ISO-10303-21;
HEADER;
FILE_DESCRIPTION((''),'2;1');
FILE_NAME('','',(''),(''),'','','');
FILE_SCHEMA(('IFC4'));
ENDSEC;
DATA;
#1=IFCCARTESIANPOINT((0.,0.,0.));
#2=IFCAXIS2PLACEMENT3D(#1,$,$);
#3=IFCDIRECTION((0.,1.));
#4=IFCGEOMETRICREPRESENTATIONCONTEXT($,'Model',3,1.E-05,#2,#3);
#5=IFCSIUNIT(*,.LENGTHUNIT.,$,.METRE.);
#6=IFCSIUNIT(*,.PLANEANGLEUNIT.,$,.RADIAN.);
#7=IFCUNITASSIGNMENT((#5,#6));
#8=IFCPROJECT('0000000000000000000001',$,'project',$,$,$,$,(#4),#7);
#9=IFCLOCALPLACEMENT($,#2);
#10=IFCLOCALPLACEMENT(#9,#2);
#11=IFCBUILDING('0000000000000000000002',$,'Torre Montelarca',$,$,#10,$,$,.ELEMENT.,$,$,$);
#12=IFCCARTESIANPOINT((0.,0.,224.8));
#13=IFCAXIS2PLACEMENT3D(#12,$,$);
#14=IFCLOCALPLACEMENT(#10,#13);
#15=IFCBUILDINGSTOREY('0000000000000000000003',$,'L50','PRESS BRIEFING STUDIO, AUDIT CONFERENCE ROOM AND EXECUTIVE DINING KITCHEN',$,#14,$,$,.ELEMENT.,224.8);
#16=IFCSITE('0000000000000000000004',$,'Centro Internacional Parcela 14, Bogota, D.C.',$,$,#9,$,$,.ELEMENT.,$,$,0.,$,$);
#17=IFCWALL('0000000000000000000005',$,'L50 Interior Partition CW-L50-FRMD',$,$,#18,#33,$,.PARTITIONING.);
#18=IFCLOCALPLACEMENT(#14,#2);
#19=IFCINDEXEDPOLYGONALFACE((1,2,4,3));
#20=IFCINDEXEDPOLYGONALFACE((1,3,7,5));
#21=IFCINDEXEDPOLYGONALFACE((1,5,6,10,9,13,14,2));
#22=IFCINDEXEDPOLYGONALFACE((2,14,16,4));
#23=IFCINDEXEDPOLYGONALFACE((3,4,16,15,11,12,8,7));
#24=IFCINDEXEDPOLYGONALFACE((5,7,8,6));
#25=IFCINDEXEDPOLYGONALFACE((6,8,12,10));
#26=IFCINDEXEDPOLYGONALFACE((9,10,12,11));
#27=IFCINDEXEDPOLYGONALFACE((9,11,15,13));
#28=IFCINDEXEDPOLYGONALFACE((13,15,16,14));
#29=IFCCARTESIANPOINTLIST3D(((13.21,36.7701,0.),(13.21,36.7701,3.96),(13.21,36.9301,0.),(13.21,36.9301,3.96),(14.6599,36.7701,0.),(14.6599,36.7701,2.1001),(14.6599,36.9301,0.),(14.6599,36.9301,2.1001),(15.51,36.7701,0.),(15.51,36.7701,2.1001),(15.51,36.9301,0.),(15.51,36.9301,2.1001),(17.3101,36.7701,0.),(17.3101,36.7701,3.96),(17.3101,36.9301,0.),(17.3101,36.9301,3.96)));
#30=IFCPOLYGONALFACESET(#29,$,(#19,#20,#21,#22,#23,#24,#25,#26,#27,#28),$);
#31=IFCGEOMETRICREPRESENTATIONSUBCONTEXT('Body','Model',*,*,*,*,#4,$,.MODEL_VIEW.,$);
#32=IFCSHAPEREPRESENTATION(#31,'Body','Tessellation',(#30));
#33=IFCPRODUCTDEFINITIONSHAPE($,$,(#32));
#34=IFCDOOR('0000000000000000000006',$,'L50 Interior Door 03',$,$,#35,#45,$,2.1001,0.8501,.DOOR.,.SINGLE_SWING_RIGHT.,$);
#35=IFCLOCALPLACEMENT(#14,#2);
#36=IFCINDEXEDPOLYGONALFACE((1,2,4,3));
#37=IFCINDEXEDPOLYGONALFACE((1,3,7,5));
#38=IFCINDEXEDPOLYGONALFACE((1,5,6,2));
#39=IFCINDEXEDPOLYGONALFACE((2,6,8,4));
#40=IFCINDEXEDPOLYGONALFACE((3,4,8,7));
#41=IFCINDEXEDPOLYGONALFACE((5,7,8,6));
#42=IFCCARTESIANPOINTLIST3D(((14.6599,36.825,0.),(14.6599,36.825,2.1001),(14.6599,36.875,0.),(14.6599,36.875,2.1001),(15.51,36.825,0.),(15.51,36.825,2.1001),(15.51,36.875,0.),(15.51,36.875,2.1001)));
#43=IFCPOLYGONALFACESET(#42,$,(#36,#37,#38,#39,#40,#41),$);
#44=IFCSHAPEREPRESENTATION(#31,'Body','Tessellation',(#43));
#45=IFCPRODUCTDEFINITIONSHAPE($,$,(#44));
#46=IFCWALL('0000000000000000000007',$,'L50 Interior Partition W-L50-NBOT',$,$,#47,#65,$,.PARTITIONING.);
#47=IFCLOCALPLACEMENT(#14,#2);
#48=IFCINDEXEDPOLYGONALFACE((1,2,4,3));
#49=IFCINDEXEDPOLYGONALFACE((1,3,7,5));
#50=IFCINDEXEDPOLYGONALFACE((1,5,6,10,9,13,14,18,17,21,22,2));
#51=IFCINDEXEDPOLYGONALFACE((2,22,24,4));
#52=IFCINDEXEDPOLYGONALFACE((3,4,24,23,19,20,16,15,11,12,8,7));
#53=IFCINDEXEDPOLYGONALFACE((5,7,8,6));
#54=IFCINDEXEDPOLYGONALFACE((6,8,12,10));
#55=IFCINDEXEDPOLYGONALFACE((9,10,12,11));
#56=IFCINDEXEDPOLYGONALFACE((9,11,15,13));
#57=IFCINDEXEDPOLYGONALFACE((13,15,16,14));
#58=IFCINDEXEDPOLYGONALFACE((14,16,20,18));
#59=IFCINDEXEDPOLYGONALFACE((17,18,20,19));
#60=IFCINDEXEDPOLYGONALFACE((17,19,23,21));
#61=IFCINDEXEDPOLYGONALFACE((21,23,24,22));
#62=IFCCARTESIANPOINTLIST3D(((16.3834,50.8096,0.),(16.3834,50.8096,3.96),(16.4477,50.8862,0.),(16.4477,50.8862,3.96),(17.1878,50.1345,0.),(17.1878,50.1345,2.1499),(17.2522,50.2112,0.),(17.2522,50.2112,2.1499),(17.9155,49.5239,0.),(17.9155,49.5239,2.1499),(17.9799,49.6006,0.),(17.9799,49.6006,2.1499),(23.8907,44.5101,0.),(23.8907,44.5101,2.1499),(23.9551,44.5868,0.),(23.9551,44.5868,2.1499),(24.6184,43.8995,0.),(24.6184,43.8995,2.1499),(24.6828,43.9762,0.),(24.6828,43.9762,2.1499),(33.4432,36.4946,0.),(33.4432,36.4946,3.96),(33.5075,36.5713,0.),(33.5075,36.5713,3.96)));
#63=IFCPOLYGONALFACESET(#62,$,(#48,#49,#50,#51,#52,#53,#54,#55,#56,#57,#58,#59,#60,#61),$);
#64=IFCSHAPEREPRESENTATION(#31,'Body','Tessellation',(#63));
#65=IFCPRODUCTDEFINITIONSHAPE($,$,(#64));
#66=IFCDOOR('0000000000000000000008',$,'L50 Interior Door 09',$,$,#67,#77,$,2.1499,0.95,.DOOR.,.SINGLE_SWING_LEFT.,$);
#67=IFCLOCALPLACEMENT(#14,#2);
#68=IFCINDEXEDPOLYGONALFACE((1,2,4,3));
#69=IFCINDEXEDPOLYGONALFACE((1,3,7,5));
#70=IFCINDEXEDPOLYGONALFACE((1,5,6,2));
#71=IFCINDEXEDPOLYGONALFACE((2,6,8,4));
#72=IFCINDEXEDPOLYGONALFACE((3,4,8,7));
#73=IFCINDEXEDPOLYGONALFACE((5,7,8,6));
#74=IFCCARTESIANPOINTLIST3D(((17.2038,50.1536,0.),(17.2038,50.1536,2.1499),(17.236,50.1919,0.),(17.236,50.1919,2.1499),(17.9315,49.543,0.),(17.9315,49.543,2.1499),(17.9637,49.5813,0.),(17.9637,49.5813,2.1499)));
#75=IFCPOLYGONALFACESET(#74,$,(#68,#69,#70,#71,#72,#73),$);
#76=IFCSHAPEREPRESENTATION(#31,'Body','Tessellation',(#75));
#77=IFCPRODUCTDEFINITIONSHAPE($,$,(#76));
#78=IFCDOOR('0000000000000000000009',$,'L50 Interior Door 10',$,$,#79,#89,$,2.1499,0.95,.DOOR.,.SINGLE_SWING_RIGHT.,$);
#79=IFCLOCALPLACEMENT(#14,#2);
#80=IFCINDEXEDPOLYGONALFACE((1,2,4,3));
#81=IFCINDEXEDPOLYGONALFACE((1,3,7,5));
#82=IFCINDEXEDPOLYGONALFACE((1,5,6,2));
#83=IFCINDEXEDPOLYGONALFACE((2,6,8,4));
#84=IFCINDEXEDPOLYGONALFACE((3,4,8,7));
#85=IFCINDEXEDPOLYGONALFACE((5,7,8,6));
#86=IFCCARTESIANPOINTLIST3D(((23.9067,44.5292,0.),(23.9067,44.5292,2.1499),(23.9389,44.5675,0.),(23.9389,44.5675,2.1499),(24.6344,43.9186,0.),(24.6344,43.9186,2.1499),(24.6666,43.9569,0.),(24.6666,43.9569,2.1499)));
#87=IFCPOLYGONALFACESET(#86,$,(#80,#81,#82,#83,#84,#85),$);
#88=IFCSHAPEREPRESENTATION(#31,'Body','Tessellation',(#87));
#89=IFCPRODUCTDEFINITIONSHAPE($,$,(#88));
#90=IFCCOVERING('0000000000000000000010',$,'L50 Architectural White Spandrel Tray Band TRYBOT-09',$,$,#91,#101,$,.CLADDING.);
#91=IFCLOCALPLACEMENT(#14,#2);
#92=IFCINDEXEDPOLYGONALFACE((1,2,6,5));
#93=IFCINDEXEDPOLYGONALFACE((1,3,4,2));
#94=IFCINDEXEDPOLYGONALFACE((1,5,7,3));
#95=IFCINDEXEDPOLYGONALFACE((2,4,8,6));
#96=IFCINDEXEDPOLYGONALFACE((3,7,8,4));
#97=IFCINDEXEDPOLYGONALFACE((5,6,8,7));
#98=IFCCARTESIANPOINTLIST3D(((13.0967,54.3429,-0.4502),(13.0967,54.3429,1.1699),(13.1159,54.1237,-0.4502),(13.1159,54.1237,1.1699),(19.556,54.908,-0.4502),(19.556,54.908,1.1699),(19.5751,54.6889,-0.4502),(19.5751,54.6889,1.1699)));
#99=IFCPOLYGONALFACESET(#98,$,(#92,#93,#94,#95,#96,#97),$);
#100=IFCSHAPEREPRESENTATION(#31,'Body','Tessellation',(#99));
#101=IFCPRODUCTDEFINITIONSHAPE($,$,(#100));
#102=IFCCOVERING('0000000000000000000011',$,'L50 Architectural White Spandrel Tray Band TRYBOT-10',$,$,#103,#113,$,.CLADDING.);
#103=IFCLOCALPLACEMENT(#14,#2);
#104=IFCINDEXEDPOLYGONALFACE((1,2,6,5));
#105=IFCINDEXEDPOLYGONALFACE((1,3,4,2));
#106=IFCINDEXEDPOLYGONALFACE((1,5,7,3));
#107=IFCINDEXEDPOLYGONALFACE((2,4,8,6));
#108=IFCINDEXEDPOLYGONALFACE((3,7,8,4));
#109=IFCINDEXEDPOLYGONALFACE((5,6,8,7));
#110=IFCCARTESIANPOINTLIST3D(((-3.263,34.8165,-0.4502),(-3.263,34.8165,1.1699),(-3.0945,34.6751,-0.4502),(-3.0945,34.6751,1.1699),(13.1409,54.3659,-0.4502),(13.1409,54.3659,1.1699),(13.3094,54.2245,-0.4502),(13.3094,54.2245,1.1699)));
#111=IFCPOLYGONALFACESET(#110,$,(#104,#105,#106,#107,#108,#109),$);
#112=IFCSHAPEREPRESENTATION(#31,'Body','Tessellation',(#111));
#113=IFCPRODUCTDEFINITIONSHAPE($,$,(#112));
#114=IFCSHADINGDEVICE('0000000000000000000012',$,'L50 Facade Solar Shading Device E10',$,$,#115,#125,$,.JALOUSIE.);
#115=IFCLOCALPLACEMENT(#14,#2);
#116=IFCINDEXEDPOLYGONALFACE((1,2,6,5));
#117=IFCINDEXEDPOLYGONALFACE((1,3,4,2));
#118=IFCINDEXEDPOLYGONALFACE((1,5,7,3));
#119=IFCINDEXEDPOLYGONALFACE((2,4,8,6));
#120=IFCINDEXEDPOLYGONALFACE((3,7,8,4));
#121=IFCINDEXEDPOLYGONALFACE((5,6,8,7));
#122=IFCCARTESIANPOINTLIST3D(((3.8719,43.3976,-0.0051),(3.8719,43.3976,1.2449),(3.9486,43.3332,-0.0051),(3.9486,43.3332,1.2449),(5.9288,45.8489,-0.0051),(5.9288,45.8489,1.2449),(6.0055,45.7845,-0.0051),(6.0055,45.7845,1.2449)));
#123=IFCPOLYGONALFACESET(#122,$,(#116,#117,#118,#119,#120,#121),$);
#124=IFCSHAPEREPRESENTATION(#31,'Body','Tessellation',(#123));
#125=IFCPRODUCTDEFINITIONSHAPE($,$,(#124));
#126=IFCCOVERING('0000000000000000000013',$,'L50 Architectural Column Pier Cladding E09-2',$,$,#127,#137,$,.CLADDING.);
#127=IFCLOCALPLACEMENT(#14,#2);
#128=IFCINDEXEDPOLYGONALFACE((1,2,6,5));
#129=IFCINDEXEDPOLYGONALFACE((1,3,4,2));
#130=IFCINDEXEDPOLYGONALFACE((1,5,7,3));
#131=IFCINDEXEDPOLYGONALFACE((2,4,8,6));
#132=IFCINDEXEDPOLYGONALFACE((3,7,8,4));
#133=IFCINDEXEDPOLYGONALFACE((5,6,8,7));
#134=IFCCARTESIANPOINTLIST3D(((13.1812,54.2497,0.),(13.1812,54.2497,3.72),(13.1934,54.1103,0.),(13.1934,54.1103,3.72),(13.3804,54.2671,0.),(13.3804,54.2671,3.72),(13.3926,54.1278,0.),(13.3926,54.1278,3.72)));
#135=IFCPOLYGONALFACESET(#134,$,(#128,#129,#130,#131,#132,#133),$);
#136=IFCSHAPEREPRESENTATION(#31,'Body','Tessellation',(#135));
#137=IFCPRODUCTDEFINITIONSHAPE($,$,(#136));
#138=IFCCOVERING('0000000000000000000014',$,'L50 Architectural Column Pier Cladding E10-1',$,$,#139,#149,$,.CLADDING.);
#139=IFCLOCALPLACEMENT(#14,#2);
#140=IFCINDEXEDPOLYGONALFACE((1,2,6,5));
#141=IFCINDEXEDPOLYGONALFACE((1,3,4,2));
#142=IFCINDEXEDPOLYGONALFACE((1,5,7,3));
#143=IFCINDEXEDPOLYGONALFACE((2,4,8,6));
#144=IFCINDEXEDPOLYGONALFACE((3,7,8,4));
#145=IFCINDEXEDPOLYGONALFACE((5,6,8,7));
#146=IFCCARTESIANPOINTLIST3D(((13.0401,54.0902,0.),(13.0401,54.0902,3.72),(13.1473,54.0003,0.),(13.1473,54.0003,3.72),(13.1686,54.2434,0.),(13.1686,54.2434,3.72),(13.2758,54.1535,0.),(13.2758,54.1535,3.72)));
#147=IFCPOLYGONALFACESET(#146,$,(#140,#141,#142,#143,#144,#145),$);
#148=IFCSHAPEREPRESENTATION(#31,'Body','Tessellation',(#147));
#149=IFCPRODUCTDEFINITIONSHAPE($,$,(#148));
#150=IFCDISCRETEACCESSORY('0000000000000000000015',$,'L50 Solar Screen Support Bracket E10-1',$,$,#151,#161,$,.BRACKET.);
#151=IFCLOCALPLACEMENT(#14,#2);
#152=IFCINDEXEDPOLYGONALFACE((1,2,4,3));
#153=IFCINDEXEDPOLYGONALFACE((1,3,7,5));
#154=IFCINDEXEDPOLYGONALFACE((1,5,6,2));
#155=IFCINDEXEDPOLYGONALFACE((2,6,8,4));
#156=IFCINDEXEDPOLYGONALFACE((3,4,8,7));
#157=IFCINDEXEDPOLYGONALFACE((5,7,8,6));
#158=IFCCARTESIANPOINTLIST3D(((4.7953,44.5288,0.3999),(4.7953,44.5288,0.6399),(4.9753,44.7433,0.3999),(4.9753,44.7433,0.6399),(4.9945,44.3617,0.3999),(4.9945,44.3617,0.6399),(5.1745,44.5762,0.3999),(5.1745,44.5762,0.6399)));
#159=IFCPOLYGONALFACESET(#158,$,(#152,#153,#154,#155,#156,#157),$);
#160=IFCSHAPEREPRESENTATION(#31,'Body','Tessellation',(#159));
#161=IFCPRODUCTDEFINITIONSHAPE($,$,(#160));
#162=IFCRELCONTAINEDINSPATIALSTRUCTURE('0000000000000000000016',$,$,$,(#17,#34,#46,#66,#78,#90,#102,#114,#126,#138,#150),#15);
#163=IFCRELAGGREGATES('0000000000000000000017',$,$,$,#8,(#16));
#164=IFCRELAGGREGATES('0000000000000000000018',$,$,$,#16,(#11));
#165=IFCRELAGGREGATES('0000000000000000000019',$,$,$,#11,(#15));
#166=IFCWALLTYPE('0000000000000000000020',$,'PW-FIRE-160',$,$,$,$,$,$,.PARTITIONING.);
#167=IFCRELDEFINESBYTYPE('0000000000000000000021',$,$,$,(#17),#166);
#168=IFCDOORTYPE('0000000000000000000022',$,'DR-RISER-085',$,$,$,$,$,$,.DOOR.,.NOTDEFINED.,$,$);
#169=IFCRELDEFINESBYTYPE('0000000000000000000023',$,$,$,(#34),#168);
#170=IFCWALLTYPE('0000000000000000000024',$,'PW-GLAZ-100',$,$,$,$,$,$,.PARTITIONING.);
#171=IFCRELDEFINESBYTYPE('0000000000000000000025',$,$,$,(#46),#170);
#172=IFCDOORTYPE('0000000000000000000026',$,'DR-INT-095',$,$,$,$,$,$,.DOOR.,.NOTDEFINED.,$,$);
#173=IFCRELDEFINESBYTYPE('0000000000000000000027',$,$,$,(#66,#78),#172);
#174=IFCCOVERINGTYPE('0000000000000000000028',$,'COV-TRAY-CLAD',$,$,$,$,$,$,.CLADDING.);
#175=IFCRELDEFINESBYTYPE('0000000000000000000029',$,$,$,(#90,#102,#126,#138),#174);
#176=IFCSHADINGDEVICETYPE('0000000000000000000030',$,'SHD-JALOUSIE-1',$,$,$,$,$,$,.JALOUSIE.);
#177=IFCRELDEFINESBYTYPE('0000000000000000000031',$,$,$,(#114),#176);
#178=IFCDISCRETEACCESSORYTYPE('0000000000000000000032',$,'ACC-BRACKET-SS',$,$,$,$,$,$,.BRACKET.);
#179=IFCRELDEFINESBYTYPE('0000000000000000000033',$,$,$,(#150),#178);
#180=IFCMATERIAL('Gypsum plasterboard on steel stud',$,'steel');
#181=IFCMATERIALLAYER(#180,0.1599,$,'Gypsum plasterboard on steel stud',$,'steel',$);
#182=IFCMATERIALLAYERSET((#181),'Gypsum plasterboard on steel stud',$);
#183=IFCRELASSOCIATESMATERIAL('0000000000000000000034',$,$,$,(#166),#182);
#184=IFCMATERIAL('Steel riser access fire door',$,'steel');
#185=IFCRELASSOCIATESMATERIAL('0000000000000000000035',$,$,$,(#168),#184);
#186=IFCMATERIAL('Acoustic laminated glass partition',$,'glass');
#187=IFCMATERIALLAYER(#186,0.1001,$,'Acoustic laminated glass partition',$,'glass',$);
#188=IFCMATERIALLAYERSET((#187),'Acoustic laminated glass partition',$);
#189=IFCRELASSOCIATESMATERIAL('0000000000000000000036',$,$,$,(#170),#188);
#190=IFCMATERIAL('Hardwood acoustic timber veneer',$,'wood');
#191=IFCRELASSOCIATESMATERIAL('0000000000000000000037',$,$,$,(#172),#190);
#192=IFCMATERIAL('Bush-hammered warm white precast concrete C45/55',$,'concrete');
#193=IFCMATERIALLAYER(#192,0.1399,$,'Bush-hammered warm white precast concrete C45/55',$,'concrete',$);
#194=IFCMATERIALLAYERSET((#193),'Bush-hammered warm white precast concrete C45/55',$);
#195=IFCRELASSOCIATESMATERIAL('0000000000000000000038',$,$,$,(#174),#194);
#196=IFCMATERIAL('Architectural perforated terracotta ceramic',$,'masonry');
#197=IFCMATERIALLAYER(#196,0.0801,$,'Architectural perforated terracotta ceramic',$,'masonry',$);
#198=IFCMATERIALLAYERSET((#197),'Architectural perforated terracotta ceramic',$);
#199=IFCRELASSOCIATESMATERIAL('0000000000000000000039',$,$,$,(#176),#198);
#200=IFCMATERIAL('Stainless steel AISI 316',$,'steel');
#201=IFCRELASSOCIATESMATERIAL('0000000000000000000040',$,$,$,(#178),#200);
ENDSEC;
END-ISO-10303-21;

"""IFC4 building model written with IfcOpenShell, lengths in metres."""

from ifc_helpers import new_model, si_unit, direction, frame, frame_2d, origin, origin_2d, place, context, subcontext, project, spatial, rectangle, extrude, source, transform, mapped, material, layer, layer_set, type_object, element, fill, save


model = new_model("IFC4")

# Units and contexts
model_context = context("Model", 3, precision=1e-05, world=origin(), true_north=direction((0.0, 1.0)))
body_context = subcontext(model_context, "Body", "Model", "MODEL_VIEW")
ifc_project = project(units=[si_unit("LENGTHUNIT", "METRE"), si_unit("PLANEANGLEUNIT", "RADIAN")], contexts=[model_context])

# Site, building, storey
site_placement = place(None, origin())
site = spatial("IfcSite", under=ifc_project, at=site_placement, Name="Centro Internacional Parcela 14, Bogota, D.C.", CompositionType="ELEMENT", RefElevation=0.0)
building_placement = place(site_placement, origin())
building = spatial("IfcBuilding", under=site, at=building_placement, Name="Torre Montelarca", CompositionType="ELEMENT")
storey_placement = place(building_placement, frame((0.0, 0.0, 224.8)))
storey = spatial("IfcBuildingStorey", under=building, at=storey_placement, Name="L50", Description="PRESS BRIEFING STUDIO, AUDIT CONFERENCE ROOM AND EXECUTIVE DINING KITCHEN", CompositionType="ELEMENT", Elevation=224.8)

# Shared definitions
ifc_material_1 = material(Name="Architectural perforated terracotta ceramic", Category="masonry")

# Wall, opening, door
ifc_material_2 = material(Name="Gypsum plasterboard on steel stud", Category="steel")
ifc_layer_1 = layer(ifc_material_2, 0.1599, Name="Gypsum plasterboard on steel stud", Category="steel")
ifc_layer_set_1 = layer_set([ifc_layer_1], Name="Gypsum plasterboard on steel stud")
wall_type_1 = type_object("IfcWallType", Name="PW-FIRE-160", PredefinedType="PARTITIONING", material=ifc_layer_set_1)
wall_1_placement = place(storey_placement, frame((13.21, 36.8501, 0.0), z_axis=(0.0, 0.0, 1.0), x_axis=(1.0, 0.0, 0.0)))
wall_1 = element("IfcWall", 1, at=wall_1_placement, inside=storey, type_object=wall_type_1, Name="L50 Interior Partition CW-L50-FRMD", PredefinedType="PARTITIONING", context=body_context, shape_type="SweptSolid", body=[
    extrude(rectangle(XDim=4.1001, YDim=0.1599, at=frame_2d((2.05, 0.0))), origin(), (0.0, 0.0, 1.0), 3.96),
])
opening_1_placement = place(wall_1_placement, frame((1.45, 0.0, 0.0)))
opening_1 = element("IfcOpeningElement", 2, at=opening_1_placement, cuts=wall_1, PredefinedType="OPENING", context=body_context, shape_type="SweptSolid", body=[
    extrude(rectangle(XDim=0.8501, YDim=2.1001, at=frame_2d((0.425, 1.05))), frame((0.0, 0.0898, 0.0), z_axis=(0.0, -1.0, 0.0), x_axis=(1.0, 0.0, 0.0)), (0.0, 0.0, 1.0), 0.1799),
])
ifc_material_3 = material(Name="Steel riser access fire door", Category="steel")
door_type_1 = type_object("IfcDoorType", Name="DR-RISER-085", OperationType="NOTDEFINED", PredefinedType="DOOR", material=ifc_material_3)
shared_shape_1 = source(origin(), body_context, "Body", "SweptSolid", [
    extrude(rectangle(XDim=0.8501, YDim=2.1001, at=frame_2d((0.425, 1.05))), frame((0.0, 0.0249, 0.0), z_axis=(0.0, -1.0, 0.0), x_axis=(1.0, 0.0, 0.0)), (0.0, 0.0, 1.0), 0.05),
])
door_1_placement = place(opening_1_placement, origin())
door_1 = element("IfcDoor", 3, at=door_1_placement, inside=storey, type_object=door_type_1, Name="L50 Interior Door 03", OperationType="SINGLE_SWING_RIGHT", OverallHeight=2.1001, OverallWidth=0.8501, PredefinedType="DOOR", context=body_context, shape_type="MappedRepresentation", body=[
    mapped(shared_shape_1, transform((0.0, 0.0, 0.0), scale=1.0)),
])
fill(opening_1, door_1)

# Wall, openings, doors
ifc_material_4 = material(Name="Acoustic laminated glass partition", Category="glass")
ifc_layer_2 = layer(ifc_material_4, 0.1001, Name="Acoustic laminated glass partition", Category="glass")
ifc_layer_set_2 = layer_set([ifc_layer_2], Name="Acoustic laminated glass partition")
wall_type_2 = type_object("IfcWallType", Name="PW-GLAZ-100", PredefinedType="PARTITIONING", material=ifc_layer_set_2)
wall_2_placement = place(storey_placement, frame((16.4155, 50.8479, 0.0), z_axis=(0.0, 0.0, 1.0), x_axis=(0.766043, -0.642789, 0.0)))
wall_2 = element("IfcWall", 4, at=wall_2_placement, inside=storey, type_object=wall_type_2, Name="L50 Interior Partition W-L50-NBOT", PredefinedType="PARTITIONING", context=body_context, shape_type="SweptSolid", body=[
    extrude(rectangle(XDim=22.27, YDim=0.1001, at=frame_2d((11.135, 0.0))), origin(), (0.0, 0.0, 1.0), 3.96),
])
opening_2_placement = place(wall_2_placement, frame((1.05, 0.0, 0.0)))
opening_2 = element("IfcOpeningElement", 5, at=opening_2_placement, cuts=wall_2, PredefinedType="OPENING", context=body_context, shape_type="SweptSolid", body=[
    extrude(rectangle(XDim=0.95, YDim=2.1499, at=frame_2d((0.4751, 1.075))), frame((0.0, 0.0601, 0.0), z_axis=(0.0, -1.0, 0.0), x_axis=(1.0, 0.0, 0.0)), (0.0, 0.0, 1.0), 0.1201),
])
opening_3_placement = place(wall_2_placement, frame((9.8, 0.0, 0.0)))
opening_3 = element("IfcOpeningElement", 6, at=opening_3_placement, cuts=wall_2, PredefinedType="OPENING", context=body_context, shape_type="SweptSolid", body=[
    extrude(rectangle(XDim=0.95, YDim=2.1499, at=frame_2d((0.4751, 1.075))), frame((0.0, 0.0601, 0.0), z_axis=(0.0, -1.0, 0.0), x_axis=(1.0, 0.0, 0.0)), (0.0, 0.0, 1.0), 0.1201),
])
ifc_material_5 = material(Name="Hardwood acoustic timber veneer", Category="wood")
door_type_2 = type_object("IfcDoorType", Name="DR-INT-095", OperationType="NOTDEFINED", PredefinedType="DOOR", material=ifc_material_5)
shared_shape_2 = source(origin(), body_context, "Body", "SweptSolid", [
    extrude(rectangle(XDim=0.95, YDim=2.1499, at=frame_2d((0.4751, 1.075))), frame((0.0, 0.0249, 0.0), z_axis=(0.0, -1.0, 0.0), x_axis=(1.0, 0.0, 0.0)), (0.0, 0.0, 1.0), 0.05),
])
door_2_placement = place(opening_2_placement, origin())
door_2 = element("IfcDoor", 7, at=door_2_placement, inside=storey, type_object=door_type_2, Name="L50 Interior Door 09", OperationType="SINGLE_SWING_LEFT", OverallHeight=2.1499, OverallWidth=0.95, PredefinedType="DOOR", context=body_context, shape_type="MappedRepresentation", body=[
    mapped(shared_shape_2, transform((0.0, 0.0, 0.0), scale=1.0)),
])
fill(opening_2, door_2)
door_3_placement = place(opening_3_placement, origin())
door_3 = element("IfcDoor", 8, at=door_3_placement, inside=storey, type_object=door_type_2, Name="L50 Interior Door 10", OperationType="SINGLE_SWING_RIGHT", OverallHeight=2.1499, OverallWidth=0.95, PredefinedType="DOOR", context=body_context, shape_type="MappedRepresentation", body=[
    mapped(shared_shape_2, transform((0.0, 0.0, 0.0), scale=1.0)),
])
fill(opening_3, door_3)

# Coverings
ifc_material_6 = material(Name="Bush-hammered warm white precast concrete C45/55", Category="concrete")
ifc_layer_3 = layer(ifc_material_6, 0.1399, Name="Bush-hammered warm white precast concrete C45/55", Category="concrete")
ifc_layer_set_3 = layer_set([ifc_layer_3], Name="Bush-hammered warm white precast concrete C45/55")
covering_type = type_object("IfcCoveringType", Name="COV-TRAY-CLAD", PredefinedType="CLADDING", material=ifc_layer_set_3)
shared_shape_3 = source(origin(), body_context, "Body", "SweptSolid", [
    extrude(rectangle(XDim=6.4839, YDim=0.22, at=origin_2d()), origin(), (0.0, 0.0, 1.0), 1.6201),
])
covering_1_placement = place(storey_placement, frame((16.3359, 54.5159, -0.4502), z_axis=(0.0, 0.0, 1.0), x_axis=(-0.996194, -0.087163, 0.0)))
element("IfcCovering", 9, at=covering_1_placement, inside=storey, type_object=covering_type, Name="L50 Architectural White Spandrel Tray Band TRYBOT-09", PredefinedType="CLADDING", context=body_context, shape_type="MappedRepresentation", body=[
    mapped(shared_shape_3, transform((0.0, 0.0, 0.0), scale=1.0)),
])
shared_shape_4 = source(origin(), body_context, "Body", "SweptSolid", [
    extrude(rectangle(XDim=25.52, YDim=0.22, at=origin_2d()), origin(), (0.0, 0.0, 1.0), 1.6201),
])
covering_2_placement = place(storey_placement, frame((5.0232, 44.5205, -0.4502), z_axis=(0.0, 0.0, 1.0), x_axis=(-0.642788, -0.766044, 0.0)))
element("IfcCovering", 10, at=covering_2_placement, inside=storey, type_object=covering_type, Name="L50 Architectural White Spandrel Tray Band TRYBOT-10", PredefinedType="CLADDING", context=body_context, shape_type="MappedRepresentation", body=[
    mapped(shared_shape_4, transform((0.0, 0.0, 0.0), scale=1.0)),
])

# Shading device
ifc_layer_4 = layer(ifc_material_1, 0.0801, Name="Architectural perforated terracotta ceramic", Category="masonry")
ifc_layer_set_4 = layer_set([ifc_layer_4], Name="Architectural perforated terracotta ceramic")
shading_device_type = type_object("IfcShadingDeviceType", Name="SHD-JALOUSIE-1", PredefinedType="JALOUSIE", material=ifc_layer_set_4)
shared_shape_5 = source(origin(), body_context, "Body", "SweptSolid", [
    extrude(rectangle(XDim=3.2, YDim=0.1001, at=origin_2d()), origin(), (0.0, 0.0, 1.0), 1.25),
])
shading_device_placement = place(storey_placement, frame((4.9387, 44.5911, -0.0051), z_axis=(0.0, 0.0, 1.0), x_axis=(-0.642788, -0.766044, 0.0)))
element("IfcShadingDevice", 11, at=shading_device_placement, inside=storey, type_object=shading_device_type, Name="L50 Facade Solar Shading Device E10", PredefinedType="JALOUSIE", context=body_context, shape_type="MappedRepresentation", body=[
    mapped(shared_shape_5, transform((0.0, 0.0, 0.0), scale=1.0)),
])

# Coverings
shared_shape_6 = source(origin(), body_context, "Body", "SweptSolid", [
    extrude(rectangle(XDim=0.2, YDim=0.1399, at=origin_2d()), origin(), (0.0, 0.0, 1.0), 3.72),
])
for number, where, z_axis, x_axis, name in (
    (12, (13.2869, 54.1887, 0.0), (0.0, 0.0, 1.0), (-0.996193, -0.087177, 0.0), "L50 Architectural Column Pier Cladding E09-2"),
    (13, (13.158, 54.1218, 0.0), (0.0, 0.0, 1.0), (-0.642789, -0.766043, 0.0), "L50 Architectural Column Pier Cladding E10-1"),
):
    element("IfcCovering", number, at=place(storey_placement, frame(where, z_axis=z_axis, x_axis=x_axis)), inside=storey, type_object=covering_type, Name=name, PredefinedType="CLADDING", context=body_context, shape_type="MappedRepresentation", body=[
        mapped(shared_shape_6, transform((0.0, 0.0, 0.0), scale=1.0)),
    ])

# Discrete accessory
ifc_material_7 = material(Name="Stainless steel AISI 316", Category="steel")
discrete_accessory_type = type_object("IfcDiscreteAccessoryType", Name="ACC-BRACKET-SS", PredefinedType="BRACKET", material=ifc_material_7)
shared_shape_7 = source(origin(), body_context, "Body", "SweptSolid", [
    extrude(rectangle(XDim=0.28, YDim=0.26, at=origin_2d()), origin(), (0.0, 0.0, 1.0), 0.24),
])
discrete_accessory_placement = place(storey_placement, frame((4.9849, 44.5525, 0.3999), z_axis=(0.0, 0.0, 1.0), x_axis=(-0.642788, -0.766044, 0.0)))
element("IfcDiscreteAccessory", 14, at=discrete_accessory_placement, inside=storey, type_object=discrete_accessory_type, Name="L50 Solar Screen Support Bracket E10-1", PredefinedType="BRACKET", context=body_context, shape_type="MappedRepresentation", body=[
    mapped(shared_shape_7, transform((0.0, 0.0, 0.0), scale=1.0)),
])

save(model, "model.ifc")
